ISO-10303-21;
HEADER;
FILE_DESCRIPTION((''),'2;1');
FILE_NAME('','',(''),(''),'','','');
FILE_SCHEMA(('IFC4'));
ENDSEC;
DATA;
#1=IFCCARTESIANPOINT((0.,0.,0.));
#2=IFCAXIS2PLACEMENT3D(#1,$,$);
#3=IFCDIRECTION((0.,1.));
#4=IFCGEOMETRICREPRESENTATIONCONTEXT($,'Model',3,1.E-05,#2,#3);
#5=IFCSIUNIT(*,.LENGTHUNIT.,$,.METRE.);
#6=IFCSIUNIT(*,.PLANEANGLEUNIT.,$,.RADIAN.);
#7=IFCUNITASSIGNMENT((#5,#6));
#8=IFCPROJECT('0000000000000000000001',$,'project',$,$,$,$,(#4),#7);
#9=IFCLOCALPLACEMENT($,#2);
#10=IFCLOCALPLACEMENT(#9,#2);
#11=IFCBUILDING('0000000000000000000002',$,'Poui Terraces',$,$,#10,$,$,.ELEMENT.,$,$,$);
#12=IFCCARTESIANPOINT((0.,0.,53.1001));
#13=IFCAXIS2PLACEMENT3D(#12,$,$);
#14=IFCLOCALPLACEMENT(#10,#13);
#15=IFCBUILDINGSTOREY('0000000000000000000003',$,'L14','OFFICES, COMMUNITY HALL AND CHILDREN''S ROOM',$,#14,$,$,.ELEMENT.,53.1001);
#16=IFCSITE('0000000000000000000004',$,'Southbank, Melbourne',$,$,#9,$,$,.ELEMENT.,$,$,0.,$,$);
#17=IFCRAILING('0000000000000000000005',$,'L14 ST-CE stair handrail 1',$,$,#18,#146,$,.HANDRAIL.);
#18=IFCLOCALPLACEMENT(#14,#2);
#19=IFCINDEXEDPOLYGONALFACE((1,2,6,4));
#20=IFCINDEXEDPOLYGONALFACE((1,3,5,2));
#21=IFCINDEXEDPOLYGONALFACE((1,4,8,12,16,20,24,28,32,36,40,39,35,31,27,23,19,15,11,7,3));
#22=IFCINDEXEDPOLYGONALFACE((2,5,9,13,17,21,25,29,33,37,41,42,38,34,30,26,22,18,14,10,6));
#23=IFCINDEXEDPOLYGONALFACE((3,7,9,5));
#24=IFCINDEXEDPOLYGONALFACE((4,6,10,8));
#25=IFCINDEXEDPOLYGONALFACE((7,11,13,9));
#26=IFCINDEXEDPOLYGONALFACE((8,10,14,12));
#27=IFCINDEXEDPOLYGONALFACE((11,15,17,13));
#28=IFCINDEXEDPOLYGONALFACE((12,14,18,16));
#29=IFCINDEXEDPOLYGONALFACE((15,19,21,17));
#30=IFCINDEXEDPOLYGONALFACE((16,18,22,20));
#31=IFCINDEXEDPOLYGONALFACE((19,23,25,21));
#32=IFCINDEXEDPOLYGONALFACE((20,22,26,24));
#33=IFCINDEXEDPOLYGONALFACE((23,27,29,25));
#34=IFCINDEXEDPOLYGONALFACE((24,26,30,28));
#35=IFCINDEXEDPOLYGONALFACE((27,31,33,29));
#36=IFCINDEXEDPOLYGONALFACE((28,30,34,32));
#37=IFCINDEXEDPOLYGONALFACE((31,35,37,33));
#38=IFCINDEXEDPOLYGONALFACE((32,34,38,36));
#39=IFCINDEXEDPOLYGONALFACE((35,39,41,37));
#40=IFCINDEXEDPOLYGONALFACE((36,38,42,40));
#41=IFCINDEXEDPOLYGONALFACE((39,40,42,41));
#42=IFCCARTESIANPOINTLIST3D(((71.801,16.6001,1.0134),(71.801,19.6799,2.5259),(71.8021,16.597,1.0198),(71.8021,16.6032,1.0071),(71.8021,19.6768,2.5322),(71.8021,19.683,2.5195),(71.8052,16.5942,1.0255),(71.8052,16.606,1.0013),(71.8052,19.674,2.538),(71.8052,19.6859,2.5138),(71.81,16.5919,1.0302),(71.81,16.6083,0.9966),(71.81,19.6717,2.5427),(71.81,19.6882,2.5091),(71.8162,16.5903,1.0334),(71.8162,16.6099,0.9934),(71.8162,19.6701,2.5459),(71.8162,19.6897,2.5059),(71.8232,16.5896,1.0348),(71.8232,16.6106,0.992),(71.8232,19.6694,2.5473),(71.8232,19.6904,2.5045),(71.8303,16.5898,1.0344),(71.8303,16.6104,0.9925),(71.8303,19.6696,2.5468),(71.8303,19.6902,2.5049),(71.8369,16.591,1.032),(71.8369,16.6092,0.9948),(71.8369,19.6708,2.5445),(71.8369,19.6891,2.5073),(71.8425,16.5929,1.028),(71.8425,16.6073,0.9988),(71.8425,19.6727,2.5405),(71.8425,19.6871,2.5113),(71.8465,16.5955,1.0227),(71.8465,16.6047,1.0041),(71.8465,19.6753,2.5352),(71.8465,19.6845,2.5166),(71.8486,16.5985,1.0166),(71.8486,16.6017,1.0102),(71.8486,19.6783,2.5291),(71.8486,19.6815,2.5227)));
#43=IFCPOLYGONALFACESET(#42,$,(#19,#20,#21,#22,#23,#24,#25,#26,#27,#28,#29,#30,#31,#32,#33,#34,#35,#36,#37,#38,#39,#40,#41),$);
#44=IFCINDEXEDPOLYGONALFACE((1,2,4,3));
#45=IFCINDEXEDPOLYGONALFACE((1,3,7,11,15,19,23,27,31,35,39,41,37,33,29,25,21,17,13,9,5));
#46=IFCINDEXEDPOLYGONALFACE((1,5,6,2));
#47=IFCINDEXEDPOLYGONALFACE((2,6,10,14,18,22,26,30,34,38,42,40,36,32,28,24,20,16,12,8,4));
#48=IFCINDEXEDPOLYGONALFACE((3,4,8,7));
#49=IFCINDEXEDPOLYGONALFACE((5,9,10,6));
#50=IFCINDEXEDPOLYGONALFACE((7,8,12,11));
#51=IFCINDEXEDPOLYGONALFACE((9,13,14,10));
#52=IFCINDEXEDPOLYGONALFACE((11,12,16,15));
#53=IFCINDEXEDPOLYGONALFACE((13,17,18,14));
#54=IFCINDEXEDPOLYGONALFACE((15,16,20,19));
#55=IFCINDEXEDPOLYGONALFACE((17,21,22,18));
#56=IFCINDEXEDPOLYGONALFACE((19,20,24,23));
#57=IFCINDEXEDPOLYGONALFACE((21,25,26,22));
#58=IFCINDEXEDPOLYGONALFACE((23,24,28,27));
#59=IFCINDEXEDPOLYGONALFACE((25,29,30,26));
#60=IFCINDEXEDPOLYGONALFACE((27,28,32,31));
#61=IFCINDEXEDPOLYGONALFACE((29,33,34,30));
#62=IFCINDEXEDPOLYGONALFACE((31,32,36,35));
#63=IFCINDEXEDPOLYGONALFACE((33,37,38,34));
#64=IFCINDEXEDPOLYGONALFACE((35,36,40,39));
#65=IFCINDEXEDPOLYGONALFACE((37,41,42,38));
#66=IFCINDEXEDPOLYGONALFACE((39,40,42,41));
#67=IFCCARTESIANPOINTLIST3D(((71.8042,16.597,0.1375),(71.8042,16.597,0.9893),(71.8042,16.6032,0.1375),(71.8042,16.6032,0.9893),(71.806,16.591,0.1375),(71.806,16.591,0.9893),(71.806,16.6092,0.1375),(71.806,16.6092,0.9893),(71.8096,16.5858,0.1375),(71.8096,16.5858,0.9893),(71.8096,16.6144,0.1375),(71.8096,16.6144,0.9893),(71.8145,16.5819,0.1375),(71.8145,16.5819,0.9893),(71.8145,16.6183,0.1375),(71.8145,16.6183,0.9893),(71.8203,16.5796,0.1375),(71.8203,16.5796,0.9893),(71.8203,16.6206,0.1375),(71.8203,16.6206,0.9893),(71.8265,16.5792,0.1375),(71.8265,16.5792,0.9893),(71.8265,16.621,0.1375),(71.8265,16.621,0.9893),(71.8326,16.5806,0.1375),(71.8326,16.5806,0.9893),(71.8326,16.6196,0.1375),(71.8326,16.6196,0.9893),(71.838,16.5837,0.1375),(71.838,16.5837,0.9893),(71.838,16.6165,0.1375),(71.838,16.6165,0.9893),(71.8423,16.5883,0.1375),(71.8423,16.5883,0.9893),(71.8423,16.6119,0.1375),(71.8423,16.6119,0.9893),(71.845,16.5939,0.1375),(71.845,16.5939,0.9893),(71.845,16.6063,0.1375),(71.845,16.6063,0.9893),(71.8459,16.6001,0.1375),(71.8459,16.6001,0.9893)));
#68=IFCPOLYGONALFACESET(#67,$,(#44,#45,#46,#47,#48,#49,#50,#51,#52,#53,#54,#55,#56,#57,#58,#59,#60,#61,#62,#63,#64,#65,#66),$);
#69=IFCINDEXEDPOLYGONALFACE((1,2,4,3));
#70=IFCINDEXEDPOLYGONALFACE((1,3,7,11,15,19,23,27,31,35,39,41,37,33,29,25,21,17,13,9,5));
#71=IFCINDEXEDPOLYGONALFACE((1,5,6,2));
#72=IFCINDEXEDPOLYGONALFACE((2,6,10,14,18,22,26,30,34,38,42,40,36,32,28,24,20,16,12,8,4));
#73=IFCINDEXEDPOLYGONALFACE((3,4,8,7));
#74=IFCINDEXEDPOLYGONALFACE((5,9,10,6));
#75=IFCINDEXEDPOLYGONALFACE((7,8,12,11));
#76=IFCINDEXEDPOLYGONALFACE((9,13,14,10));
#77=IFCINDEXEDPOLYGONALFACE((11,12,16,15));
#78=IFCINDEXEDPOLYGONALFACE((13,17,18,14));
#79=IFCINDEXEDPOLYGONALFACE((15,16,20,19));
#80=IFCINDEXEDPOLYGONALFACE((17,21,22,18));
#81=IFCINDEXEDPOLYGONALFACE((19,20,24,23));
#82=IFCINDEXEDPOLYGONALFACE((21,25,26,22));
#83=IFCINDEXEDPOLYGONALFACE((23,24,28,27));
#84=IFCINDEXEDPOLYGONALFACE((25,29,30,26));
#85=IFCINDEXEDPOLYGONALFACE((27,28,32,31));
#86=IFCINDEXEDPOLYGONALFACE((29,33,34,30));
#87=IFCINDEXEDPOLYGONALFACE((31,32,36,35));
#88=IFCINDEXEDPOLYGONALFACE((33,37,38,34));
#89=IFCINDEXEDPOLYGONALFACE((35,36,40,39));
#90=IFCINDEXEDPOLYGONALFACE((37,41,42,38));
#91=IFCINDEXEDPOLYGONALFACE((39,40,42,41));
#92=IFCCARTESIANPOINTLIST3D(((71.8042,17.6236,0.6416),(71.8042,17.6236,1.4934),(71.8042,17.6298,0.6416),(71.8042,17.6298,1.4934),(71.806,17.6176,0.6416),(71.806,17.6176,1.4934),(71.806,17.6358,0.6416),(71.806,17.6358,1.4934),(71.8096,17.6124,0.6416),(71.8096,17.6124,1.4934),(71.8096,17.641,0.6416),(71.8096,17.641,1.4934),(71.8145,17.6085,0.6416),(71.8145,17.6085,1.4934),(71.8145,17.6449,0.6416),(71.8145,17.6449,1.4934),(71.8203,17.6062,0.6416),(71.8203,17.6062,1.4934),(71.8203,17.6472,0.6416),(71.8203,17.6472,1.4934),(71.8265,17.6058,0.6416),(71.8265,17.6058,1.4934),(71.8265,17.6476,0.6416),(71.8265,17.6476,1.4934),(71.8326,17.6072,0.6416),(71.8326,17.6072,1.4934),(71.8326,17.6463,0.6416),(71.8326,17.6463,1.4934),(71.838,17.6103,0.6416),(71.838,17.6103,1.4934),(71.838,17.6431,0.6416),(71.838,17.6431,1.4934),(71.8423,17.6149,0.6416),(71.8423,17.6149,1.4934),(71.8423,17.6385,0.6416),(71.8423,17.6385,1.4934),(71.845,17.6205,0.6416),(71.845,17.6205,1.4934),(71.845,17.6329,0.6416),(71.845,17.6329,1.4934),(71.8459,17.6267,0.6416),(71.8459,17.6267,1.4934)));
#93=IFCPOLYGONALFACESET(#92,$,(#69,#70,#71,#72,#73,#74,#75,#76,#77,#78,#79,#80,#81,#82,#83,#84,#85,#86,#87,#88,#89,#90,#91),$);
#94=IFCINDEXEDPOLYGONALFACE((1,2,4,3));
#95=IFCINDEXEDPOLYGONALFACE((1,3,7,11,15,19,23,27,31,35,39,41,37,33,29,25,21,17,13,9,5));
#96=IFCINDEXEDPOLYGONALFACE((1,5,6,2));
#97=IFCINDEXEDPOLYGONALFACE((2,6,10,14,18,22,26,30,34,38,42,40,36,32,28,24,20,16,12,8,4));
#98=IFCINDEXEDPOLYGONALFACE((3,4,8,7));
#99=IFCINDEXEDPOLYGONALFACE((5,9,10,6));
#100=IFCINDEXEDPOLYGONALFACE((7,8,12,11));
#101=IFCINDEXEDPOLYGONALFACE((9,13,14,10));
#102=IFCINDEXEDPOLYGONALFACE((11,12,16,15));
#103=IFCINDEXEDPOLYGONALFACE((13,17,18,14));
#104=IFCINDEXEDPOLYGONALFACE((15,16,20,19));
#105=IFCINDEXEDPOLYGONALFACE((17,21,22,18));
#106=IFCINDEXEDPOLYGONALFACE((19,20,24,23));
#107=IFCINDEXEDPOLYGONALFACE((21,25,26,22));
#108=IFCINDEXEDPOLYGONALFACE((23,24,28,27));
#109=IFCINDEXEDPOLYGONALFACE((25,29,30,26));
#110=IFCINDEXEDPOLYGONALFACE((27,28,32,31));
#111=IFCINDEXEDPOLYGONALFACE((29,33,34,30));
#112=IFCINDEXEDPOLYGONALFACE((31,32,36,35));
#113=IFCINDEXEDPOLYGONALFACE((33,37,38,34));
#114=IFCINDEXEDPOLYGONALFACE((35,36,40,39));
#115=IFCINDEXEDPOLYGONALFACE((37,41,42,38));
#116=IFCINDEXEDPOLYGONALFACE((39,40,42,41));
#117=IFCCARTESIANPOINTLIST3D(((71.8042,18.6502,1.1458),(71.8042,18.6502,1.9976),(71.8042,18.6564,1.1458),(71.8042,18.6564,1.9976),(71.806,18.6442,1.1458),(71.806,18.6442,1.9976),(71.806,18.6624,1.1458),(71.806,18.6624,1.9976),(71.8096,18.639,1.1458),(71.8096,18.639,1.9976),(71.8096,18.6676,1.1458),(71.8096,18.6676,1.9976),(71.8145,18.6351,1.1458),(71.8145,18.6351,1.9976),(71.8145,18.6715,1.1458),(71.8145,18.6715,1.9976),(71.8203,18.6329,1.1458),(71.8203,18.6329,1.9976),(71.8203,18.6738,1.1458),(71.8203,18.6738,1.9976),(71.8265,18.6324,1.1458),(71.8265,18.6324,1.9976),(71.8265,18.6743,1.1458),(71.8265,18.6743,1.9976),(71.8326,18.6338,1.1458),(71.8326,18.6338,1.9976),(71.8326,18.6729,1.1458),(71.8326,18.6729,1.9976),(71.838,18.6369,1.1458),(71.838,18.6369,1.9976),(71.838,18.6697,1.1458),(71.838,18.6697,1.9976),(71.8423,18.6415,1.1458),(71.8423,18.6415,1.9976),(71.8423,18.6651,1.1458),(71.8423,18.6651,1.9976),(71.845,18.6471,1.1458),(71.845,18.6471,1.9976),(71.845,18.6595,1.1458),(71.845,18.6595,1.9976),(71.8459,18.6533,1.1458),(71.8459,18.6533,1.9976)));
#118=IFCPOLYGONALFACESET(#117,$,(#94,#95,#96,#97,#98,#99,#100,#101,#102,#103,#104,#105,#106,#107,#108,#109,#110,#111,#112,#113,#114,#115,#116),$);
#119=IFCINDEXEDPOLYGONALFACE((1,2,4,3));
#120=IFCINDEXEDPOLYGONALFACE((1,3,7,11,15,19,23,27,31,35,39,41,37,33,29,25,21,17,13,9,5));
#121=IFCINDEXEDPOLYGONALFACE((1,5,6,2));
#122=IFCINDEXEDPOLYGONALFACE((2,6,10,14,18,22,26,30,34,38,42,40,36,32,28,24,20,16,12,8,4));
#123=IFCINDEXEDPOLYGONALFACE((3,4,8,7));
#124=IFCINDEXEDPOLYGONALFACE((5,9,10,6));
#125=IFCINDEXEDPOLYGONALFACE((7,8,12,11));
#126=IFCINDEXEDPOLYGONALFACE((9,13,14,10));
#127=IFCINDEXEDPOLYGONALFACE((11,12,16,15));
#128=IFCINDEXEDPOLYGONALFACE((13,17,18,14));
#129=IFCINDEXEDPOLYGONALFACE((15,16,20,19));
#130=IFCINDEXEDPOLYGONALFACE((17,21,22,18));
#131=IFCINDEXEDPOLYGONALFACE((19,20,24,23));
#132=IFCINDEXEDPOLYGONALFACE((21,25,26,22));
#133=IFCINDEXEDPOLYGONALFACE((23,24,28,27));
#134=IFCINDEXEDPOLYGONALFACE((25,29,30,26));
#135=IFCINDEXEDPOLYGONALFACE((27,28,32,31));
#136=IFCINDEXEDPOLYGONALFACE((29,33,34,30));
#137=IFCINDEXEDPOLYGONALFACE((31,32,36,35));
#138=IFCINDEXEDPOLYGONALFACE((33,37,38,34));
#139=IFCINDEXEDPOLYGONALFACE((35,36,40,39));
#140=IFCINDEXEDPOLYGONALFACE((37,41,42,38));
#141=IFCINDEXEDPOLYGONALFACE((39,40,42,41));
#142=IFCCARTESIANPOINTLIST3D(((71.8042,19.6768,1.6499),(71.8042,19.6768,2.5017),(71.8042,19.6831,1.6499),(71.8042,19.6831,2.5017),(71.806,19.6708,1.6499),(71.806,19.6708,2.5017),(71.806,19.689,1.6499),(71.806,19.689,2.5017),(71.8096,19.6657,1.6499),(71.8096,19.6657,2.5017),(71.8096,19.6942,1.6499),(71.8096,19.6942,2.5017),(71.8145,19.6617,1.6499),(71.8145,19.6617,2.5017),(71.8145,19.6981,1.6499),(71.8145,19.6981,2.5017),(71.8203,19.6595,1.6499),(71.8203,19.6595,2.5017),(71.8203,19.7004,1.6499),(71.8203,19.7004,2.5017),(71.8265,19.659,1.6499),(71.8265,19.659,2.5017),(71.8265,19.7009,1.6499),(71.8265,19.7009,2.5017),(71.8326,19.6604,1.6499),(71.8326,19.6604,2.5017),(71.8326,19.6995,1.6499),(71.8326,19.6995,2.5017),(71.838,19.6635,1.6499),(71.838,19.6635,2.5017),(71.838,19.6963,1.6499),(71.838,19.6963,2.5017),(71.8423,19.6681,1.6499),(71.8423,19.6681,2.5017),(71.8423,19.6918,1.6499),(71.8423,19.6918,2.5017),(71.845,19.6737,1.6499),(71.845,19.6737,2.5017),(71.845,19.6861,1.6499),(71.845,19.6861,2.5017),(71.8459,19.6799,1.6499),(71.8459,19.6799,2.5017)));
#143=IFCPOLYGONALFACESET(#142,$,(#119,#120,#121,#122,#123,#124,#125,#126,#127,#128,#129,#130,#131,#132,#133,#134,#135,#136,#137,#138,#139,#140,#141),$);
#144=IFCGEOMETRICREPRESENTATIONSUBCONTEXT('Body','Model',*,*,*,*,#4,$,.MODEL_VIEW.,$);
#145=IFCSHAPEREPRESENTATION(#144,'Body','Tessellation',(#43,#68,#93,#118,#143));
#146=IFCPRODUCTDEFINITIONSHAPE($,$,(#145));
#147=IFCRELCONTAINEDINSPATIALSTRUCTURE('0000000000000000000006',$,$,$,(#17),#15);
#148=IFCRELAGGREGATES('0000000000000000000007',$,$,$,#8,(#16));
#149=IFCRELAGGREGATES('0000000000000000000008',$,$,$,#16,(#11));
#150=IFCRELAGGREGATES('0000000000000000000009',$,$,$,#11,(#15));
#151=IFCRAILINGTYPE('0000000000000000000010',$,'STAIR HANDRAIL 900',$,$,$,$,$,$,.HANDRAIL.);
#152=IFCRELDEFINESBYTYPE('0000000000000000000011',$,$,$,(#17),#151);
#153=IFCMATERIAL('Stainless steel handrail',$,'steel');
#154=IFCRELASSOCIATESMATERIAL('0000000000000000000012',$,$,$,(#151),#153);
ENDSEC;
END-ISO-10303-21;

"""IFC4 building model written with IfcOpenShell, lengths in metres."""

from ifc_helpers import new_model, si_unit, direction, frame, origin, origin_2d, place, context, subcontext, project, spatial, circle, extrude, material, type_object, element, save


model = new_model("IFC4")

# Units and contexts
model_context = context("Model", 3, precision=1e-05, world=origin(), true_north=direction((0.0, 1.0)))
body_context = subcontext(model_context, "Body", "Model", "MODEL_VIEW")
ifc_project = project(units=[si_unit("LENGTHUNIT", "METRE"), si_unit("PLANEANGLEUNIT", "RADIAN")], contexts=[model_context])

# Site, building, storey
site_placement = place(None, origin())
site = spatial("IfcSite", under=ifc_project, at=site_placement, Name="Southbank, Melbourne", CompositionType="ELEMENT", RefElevation=0.0)
building_placement = place(site_placement, origin())
building = spatial("IfcBuilding", under=site, at=building_placement, Name="Poui Terraces", CompositionType="ELEMENT")
storey_placement = place(building_placement, frame((0.0, 0.0, 53.1001)))
storey = spatial("IfcBuildingStorey", under=building, at=storey_placement, Name="L14", Description="OFFICES, COMMUNITY HALL AND CHILDREN'S ROOM", CompositionType="ELEMENT", Elevation=53.1001)

# Railing
ifc_material_1 = material(Name="Stainless steel handrail", Category="steel")
railing_type_1 = type_object("IfcRailingType", Name="STAIR HANDRAIL 900", PredefinedType="HANDRAIL", material=ifc_material_1)
railing_1_placement = place(storey_placement, frame((71.825, 16.6001, 0.1375)))
element("IfcRailing", 1, at=railing_1_placement, inside=storey, type_object=railing_type_1, Name="L14 ST-CE stair handrail 1", PredefinedType="HANDRAIL", context=body_context, shape_type="SweptSolid", body=[
    extrude(circle(Radius=0.0239, at=origin_2d()), frame((0.0, 0.0, 0.876), z_axis=(0.0, 0.897606, 0.440798), x_axis=(-1.0, 0.0, 0.0)), (0.0, 0.0, 1.0), 3.4312),
    extrude(circle(Radius=0.021, at=origin_2d()), origin(), (0.0, 0.0, 1.0), 0.8518),
    extrude(circle(Radius=0.021, at=origin_2d()), frame((0.0, 1.0266, 0.5042)), (0.0, 0.0, 1.0), 0.8518),
    extrude(circle(Radius=0.021, at=origin_2d()), frame((0.0, 2.0532, 1.0083)), (0.0, 0.0, 1.0), 0.8518),
    extrude(circle(Radius=0.021, at=origin_2d()), frame((0.0, 3.0798, 1.5125)), (0.0, 0.0, 1.0), 0.8518),
])

save(model, "model.ifc")
